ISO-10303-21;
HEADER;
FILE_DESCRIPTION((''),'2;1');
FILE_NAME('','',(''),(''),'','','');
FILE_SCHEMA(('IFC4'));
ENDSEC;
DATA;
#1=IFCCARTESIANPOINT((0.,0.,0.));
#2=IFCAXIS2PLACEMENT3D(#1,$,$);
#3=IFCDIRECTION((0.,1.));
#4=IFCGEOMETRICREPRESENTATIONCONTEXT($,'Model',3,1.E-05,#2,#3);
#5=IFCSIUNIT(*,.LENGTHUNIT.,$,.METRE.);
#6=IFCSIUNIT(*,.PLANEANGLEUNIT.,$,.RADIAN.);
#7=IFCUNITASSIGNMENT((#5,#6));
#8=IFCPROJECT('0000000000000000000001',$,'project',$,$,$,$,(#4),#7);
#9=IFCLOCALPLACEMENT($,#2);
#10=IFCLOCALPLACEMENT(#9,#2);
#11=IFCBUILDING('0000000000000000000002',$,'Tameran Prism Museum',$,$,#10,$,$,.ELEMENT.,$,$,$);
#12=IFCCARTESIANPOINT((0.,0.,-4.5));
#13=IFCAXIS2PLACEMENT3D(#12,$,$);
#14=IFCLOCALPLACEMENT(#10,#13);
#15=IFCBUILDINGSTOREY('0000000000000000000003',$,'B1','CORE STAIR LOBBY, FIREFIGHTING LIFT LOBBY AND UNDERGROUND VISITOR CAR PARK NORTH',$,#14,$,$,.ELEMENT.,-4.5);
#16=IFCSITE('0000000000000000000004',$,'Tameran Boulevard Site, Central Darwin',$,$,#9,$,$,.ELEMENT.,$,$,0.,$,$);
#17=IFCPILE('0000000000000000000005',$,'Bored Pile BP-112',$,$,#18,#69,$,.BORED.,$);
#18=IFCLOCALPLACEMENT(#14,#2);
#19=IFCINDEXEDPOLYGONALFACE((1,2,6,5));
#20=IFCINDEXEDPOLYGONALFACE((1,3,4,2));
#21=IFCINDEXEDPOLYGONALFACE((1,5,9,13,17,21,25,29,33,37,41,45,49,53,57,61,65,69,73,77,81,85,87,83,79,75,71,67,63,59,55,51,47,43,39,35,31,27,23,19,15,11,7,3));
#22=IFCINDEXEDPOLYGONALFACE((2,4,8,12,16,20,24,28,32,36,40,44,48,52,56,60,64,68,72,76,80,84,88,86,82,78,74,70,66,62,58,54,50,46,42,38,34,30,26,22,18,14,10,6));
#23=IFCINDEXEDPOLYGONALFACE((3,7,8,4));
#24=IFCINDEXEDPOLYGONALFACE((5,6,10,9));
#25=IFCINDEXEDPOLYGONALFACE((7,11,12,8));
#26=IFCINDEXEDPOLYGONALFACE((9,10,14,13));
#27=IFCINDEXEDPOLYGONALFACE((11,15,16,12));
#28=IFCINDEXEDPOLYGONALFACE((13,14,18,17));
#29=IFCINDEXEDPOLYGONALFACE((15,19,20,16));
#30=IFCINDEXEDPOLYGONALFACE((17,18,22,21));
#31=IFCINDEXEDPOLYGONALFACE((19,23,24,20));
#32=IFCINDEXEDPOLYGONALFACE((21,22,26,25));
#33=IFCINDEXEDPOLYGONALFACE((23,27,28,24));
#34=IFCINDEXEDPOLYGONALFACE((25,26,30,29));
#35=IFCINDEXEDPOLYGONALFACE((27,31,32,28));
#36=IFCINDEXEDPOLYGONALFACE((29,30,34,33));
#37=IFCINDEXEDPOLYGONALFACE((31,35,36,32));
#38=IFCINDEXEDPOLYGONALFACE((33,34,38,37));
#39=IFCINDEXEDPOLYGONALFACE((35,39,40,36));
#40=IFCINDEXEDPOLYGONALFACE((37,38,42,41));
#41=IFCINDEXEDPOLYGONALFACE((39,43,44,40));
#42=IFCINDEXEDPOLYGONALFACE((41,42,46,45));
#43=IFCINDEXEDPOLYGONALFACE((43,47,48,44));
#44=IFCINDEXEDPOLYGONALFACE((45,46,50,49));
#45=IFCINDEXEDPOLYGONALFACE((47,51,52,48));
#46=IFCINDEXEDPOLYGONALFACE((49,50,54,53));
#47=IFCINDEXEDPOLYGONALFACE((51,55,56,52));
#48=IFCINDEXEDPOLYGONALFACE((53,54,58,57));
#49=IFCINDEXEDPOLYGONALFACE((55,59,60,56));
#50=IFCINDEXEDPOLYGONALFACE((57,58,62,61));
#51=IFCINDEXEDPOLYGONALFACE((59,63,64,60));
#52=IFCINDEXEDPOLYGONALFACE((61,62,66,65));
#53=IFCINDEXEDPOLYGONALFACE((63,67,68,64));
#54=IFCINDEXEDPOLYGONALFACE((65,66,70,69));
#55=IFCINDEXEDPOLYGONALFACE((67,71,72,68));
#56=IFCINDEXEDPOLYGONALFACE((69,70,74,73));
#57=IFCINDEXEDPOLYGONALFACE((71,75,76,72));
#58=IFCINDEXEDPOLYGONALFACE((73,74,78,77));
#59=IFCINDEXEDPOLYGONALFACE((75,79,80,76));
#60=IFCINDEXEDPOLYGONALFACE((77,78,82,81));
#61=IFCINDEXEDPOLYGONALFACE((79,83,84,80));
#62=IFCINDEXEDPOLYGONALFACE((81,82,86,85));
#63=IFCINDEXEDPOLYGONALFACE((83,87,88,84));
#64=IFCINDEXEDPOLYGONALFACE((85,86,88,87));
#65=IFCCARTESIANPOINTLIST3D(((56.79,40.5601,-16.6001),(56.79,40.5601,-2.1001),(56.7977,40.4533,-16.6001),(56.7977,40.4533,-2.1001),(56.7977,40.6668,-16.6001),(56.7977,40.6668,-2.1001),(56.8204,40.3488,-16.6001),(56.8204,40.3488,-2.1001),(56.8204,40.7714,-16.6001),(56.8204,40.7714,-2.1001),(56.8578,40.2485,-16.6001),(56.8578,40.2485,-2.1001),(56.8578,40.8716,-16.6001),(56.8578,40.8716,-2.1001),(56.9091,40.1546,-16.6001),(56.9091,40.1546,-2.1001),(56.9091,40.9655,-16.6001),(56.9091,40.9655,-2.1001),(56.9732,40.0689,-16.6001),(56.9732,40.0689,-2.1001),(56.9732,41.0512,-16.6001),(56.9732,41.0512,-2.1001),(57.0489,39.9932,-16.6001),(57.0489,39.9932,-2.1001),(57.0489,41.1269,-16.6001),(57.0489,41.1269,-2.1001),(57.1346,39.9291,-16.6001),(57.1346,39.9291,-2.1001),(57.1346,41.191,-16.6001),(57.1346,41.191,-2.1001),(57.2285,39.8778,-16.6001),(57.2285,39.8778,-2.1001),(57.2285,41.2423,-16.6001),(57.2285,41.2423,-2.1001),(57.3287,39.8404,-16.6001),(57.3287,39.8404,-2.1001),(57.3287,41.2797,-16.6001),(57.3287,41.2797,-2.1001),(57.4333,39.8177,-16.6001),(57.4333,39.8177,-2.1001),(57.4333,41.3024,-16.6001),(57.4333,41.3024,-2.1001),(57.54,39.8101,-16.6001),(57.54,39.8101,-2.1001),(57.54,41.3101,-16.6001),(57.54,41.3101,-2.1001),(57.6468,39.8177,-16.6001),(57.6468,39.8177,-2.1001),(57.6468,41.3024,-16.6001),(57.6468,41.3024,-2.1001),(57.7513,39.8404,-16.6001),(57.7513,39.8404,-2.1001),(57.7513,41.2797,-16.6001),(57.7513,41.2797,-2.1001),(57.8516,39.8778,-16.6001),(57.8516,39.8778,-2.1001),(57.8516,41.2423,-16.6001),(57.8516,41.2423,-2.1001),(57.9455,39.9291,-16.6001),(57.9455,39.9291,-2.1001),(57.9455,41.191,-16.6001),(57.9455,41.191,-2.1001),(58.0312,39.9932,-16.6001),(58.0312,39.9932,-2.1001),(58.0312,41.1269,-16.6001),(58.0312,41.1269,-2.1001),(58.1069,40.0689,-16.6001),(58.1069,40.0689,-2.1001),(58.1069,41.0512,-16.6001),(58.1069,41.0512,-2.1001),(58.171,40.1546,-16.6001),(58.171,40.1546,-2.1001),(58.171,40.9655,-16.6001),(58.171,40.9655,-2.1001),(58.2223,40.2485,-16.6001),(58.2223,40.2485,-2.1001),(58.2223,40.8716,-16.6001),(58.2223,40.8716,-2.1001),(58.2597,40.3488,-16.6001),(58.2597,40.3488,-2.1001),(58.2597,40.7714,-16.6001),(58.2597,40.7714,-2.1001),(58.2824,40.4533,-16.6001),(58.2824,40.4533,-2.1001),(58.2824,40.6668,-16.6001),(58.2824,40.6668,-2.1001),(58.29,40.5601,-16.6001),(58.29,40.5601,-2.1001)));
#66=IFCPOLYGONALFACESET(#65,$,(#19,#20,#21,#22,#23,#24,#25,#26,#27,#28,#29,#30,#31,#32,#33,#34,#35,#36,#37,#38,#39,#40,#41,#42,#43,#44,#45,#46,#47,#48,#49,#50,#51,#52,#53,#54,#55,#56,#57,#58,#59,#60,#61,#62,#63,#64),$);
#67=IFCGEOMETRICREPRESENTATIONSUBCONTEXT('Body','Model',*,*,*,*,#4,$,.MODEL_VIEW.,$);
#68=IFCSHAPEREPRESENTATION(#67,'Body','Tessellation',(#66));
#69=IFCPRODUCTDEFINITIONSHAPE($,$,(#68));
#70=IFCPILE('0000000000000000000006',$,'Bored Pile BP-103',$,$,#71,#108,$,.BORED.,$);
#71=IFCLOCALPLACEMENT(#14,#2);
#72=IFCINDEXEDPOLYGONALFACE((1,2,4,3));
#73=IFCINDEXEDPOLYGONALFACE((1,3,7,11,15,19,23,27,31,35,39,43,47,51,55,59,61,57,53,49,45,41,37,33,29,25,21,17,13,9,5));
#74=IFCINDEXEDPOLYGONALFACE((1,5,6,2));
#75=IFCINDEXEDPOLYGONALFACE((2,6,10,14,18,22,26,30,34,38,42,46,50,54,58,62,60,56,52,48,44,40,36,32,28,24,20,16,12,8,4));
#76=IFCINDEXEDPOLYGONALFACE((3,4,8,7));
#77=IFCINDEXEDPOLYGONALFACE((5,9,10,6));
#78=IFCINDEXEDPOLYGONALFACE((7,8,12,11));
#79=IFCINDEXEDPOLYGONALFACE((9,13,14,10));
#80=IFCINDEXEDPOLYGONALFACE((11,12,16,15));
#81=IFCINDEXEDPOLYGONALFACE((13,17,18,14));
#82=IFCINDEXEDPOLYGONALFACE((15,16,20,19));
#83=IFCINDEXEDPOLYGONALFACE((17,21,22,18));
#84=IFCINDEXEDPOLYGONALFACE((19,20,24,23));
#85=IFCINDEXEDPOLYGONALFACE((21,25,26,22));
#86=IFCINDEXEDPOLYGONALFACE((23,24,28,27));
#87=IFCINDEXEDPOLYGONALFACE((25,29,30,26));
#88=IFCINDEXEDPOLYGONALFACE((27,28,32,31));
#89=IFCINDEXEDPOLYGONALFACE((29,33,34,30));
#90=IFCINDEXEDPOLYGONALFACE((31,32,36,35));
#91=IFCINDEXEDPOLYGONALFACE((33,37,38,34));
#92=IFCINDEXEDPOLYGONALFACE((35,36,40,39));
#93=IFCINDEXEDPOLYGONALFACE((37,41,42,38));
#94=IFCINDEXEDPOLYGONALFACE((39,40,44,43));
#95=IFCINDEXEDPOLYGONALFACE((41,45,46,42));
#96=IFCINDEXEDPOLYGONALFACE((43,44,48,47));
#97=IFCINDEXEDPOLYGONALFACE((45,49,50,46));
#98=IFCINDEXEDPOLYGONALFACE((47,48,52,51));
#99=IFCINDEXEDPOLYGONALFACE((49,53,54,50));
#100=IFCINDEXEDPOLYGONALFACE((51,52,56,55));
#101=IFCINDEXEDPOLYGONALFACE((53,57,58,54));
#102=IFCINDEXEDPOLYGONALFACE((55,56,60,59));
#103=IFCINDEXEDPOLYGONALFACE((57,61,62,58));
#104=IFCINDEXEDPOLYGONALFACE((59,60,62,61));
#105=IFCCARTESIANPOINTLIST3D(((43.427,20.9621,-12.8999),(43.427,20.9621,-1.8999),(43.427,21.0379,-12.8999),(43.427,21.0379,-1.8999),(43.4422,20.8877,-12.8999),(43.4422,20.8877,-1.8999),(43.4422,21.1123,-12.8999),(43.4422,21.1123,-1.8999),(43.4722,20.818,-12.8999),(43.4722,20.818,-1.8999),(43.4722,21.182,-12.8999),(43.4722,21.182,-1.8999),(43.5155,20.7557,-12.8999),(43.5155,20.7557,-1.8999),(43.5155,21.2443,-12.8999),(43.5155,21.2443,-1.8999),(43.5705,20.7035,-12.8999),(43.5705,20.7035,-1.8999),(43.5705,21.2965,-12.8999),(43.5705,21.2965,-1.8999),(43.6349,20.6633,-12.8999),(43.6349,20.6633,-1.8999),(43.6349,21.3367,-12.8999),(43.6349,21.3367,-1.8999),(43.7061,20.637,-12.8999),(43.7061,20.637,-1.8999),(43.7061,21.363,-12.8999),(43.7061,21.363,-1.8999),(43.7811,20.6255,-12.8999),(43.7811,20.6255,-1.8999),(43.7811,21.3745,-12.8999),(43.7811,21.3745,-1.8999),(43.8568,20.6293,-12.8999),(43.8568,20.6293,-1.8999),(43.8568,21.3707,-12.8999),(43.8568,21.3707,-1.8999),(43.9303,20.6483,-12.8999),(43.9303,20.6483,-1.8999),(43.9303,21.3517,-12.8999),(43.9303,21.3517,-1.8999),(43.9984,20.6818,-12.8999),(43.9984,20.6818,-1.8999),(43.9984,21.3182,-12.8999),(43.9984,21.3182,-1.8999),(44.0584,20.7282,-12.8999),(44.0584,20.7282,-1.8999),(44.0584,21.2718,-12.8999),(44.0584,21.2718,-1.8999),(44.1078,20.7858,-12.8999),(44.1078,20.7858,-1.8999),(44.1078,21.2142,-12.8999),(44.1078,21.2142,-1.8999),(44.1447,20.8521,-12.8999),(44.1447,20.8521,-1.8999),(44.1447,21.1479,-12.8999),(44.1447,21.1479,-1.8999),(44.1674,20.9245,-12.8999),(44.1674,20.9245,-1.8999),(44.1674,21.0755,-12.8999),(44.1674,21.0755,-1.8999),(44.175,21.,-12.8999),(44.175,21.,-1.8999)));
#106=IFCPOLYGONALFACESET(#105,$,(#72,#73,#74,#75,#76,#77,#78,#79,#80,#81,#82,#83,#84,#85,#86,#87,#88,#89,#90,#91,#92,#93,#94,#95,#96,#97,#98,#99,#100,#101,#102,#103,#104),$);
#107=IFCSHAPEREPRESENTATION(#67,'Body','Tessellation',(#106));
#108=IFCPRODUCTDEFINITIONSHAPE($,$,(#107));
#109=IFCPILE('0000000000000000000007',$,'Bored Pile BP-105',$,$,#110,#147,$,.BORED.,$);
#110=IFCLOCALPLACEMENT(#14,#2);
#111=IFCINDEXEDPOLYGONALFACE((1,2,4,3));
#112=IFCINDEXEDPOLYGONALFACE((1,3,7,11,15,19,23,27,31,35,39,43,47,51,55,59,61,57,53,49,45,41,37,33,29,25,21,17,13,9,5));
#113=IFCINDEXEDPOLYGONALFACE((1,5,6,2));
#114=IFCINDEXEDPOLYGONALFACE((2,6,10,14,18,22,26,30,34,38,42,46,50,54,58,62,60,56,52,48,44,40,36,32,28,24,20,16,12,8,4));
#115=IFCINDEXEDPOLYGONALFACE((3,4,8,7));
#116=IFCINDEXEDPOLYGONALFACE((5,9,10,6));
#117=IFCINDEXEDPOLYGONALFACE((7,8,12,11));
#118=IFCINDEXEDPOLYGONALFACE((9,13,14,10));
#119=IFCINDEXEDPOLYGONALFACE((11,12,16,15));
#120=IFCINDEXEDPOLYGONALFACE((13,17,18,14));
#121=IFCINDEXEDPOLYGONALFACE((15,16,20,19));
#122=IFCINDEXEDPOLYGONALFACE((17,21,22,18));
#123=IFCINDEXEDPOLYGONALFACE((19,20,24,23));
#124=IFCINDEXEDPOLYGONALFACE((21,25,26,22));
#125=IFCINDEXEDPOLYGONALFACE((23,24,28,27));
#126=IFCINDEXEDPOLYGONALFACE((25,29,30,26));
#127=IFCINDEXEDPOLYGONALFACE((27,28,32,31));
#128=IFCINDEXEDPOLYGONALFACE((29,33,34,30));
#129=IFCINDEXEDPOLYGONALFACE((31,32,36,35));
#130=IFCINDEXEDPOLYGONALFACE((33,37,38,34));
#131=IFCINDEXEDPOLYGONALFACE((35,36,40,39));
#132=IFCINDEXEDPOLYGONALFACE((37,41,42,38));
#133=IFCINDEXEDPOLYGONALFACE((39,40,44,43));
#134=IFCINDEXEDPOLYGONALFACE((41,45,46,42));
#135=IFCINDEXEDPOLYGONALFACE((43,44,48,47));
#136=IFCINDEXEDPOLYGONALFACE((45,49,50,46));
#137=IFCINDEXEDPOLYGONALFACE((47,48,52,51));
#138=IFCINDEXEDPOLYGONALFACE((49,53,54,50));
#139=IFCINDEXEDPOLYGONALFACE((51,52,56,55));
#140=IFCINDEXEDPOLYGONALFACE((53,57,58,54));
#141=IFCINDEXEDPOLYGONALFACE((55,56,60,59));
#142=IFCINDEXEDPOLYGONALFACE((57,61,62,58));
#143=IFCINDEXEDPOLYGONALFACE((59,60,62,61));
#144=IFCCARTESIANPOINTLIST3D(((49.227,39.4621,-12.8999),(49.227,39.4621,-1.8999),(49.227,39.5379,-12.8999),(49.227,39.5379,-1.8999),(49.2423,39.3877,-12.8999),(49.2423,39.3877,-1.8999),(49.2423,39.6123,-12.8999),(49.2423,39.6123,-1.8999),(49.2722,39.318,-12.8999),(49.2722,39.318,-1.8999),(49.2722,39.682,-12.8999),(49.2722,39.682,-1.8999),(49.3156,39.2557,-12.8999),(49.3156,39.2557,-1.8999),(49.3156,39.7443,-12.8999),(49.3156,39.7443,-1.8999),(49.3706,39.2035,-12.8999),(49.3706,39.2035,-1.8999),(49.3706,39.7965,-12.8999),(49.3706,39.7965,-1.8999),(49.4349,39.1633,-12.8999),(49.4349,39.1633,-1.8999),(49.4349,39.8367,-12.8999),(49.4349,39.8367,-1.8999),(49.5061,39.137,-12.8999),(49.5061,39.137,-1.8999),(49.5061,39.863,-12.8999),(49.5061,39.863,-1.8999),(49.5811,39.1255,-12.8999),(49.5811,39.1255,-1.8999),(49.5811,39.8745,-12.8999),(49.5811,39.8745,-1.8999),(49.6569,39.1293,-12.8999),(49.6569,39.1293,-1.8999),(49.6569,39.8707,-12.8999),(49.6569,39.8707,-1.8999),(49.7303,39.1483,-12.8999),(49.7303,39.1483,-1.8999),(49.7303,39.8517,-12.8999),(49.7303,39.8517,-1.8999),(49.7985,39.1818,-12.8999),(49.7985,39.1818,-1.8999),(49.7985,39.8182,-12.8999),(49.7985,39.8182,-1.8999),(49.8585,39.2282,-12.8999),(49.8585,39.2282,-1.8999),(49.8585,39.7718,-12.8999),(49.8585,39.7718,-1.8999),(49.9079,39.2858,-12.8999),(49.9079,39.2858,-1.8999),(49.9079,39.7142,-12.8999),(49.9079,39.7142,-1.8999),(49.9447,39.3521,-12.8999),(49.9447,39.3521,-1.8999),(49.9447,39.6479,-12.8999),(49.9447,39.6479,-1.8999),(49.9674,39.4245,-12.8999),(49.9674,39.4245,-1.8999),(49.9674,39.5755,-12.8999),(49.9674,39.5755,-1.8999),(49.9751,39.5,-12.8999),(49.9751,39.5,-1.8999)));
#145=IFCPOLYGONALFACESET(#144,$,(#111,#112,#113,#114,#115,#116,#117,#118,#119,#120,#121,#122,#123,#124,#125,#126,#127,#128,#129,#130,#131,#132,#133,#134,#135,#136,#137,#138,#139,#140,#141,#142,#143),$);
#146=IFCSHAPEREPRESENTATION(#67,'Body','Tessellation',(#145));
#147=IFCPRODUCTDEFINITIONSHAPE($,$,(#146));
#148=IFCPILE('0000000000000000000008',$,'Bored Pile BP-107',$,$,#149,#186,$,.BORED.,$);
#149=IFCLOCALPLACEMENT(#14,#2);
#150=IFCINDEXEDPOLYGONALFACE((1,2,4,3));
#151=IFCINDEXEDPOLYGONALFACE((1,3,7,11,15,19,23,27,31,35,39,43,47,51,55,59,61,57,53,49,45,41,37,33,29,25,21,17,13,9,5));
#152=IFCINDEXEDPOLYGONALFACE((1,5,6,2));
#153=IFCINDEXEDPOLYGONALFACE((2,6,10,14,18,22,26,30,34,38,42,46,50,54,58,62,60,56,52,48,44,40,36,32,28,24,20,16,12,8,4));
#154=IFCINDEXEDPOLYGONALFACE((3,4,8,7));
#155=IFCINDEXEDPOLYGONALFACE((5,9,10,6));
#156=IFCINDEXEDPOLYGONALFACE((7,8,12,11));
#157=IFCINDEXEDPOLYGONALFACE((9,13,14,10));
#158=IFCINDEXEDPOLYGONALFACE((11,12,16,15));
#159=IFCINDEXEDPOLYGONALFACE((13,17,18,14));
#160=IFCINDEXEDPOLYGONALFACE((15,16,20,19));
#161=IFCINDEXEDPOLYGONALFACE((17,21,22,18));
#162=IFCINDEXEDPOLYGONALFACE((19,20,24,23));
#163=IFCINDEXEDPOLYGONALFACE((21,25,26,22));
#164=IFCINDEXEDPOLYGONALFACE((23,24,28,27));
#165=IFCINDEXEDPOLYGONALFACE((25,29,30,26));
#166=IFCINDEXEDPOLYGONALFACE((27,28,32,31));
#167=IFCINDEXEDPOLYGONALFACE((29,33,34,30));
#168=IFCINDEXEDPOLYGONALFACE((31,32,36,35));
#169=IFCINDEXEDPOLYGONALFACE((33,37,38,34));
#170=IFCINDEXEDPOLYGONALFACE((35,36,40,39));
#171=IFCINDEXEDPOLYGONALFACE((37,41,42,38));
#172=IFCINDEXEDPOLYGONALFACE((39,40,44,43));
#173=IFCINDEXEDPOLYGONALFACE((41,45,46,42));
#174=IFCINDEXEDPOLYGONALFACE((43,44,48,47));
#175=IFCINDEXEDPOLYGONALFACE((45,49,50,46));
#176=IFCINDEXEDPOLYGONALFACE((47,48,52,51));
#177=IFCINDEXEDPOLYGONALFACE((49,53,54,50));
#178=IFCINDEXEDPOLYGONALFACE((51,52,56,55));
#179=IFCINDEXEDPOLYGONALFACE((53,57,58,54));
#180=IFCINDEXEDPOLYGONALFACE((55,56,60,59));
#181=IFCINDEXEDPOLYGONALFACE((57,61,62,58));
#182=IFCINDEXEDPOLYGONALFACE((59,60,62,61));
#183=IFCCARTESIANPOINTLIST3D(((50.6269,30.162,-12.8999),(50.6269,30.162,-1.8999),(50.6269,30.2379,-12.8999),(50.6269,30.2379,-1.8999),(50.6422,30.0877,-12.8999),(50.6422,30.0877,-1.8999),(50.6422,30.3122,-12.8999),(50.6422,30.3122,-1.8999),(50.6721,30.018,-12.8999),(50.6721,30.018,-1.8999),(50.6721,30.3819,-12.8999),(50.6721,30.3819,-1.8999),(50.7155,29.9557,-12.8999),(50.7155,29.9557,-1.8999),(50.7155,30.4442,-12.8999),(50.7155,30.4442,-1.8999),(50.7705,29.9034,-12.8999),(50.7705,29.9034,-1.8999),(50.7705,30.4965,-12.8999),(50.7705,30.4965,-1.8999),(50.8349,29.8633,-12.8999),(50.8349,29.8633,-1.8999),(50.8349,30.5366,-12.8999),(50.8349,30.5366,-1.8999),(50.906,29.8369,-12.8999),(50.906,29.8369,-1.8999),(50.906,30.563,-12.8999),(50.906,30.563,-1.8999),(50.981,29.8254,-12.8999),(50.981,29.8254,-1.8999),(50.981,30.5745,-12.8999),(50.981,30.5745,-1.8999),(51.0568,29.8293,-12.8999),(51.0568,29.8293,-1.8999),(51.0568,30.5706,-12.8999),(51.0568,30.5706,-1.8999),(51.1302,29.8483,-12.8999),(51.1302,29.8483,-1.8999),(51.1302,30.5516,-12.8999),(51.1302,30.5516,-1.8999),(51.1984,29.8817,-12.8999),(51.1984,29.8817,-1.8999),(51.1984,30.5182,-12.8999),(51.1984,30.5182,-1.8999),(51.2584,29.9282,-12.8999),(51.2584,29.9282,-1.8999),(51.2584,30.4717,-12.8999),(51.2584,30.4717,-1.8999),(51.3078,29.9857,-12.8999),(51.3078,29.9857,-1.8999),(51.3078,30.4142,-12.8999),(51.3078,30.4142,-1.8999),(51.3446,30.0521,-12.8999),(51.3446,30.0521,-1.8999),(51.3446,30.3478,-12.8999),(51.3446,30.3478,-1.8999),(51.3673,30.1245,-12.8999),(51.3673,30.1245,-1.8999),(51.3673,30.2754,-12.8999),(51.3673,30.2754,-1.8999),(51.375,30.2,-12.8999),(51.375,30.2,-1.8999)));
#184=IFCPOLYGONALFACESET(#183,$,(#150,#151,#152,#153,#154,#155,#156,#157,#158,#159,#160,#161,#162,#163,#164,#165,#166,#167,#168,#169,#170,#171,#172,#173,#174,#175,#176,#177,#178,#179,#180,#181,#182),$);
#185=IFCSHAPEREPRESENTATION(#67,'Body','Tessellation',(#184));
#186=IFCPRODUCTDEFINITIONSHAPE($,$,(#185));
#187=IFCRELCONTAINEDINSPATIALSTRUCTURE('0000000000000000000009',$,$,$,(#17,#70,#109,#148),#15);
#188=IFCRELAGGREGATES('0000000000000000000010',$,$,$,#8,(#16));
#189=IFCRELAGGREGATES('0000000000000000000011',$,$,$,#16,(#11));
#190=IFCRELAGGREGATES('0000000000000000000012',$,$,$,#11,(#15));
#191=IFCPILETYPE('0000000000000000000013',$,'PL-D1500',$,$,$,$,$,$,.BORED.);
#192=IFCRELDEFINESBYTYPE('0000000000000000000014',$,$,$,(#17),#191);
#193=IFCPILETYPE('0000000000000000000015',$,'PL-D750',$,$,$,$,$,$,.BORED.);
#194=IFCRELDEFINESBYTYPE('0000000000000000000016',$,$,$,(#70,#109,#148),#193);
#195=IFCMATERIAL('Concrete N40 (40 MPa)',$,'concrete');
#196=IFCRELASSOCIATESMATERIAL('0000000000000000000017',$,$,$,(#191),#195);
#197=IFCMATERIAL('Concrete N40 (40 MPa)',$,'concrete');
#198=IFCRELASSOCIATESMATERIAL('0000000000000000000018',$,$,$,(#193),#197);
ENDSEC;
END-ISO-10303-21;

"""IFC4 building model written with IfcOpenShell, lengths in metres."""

from ifc_helpers import new_model, si_unit, direction, frame, origin, origin_2d, place, context, subcontext, project, spatial, circle, extrude, material, material_profile, profile_set, type_object, element, save


model = new_model("IFC4")

# Units and contexts
model_context = context("Model", 3, precision=1e-05, world=origin(), true_north=direction((0.0, 1.0)))
body_context = subcontext(model_context, "Body", "Model", "MODEL_VIEW")
ifc_project = project(units=[si_unit("LENGTHUNIT", "METRE"), si_unit("PLANEANGLEUNIT", "RADIAN")], contexts=[model_context])

# Site, building, storey
site_placement = place(None, origin())
site = spatial("IfcSite", under=ifc_project, at=site_placement, Name="Tameran Boulevard Site, Central Darwin", CompositionType="ELEMENT", RefElevation=0.0)
building_placement = place(site_placement, origin())
building = spatial("IfcBuilding", under=site, at=building_placement, Name="Tameran Prism Museum", CompositionType="ELEMENT")
storey_placement = place(building_placement, frame((0.0, 0.0, -4.5)))
storey = spatial("IfcBuildingStorey", under=building, at=storey_placement, Name="B1", Description="CORE STAIR LOBBY, FIREFIGHTING LIFT LOBBY AND UNDERGROUND VISITOR CAR PARK NORTH", CompositionType="ELEMENT", Elevation=-4.5)

# Piles
ifc_material_1 = material(Name="Concrete N40 (40 MPa)", Category="concrete")
ifc_material_profile_1 = material_profile(ifc_material_1, circle(Radius=0.75, at=origin_2d()))
ifc_profile_set_1 = profile_set([ifc_material_profile_1])
pile_type_1 = type_object("IfcPileType", Name="PL-D1500", PredefinedType="BORED", material=ifc_profile_set_1)
for number, where, z_axis, x_axis, name in (
    (1, (57.54, 40.5601, -2.1001), (0.0, 0.0, -1.0), (1.0, 0.0, 0.0), "Bored Pile BP-112"),
):
    element("IfcPile", number, at=place(storey_placement, frame(where, z_axis=z_axis, x_axis=x_axis)), inside=storey, type_object=pile_type_1, Name=name, PredefinedType="BORED", context=body_context, shape_type="SweptSolid", body=[
        extrude(circle(Radius=0.75, at=origin_2d()), origin(), (0.0, 0.0, 1.0), 14.5),
    ])
ifc_material_2 = material(Name="Concrete N40 (40 MPa)", Category="concrete")
ifc_material_profile_2 = material_profile(ifc_material_2, circle(Radius=0.375, at=origin_2d()))
ifc_profile_set_2 = profile_set([ifc_material_profile_2])
pile_type_2 = type_object("IfcPileType", Name="PL-D750", PredefinedType="BORED", material=ifc_profile_set_2)
for number, where, z_axis, x_axis, name in (
    (2, (43.8, 21.0, -1.8999), (0.0, 0.0, -1.0), (1.0, 0.0, 0.0), "Bored Pile BP-103"),
    (3, (49.6001, 39.5, -1.8999), (0.0, 0.0, -1.0), (1.0, 0.0, 0.0), "Bored Pile BP-105"),
    (4, (51.0, 30.2, -1.8999), (0.0, 0.0, -1.0), (1.0, 0.0, 0.0), "Bored Pile BP-107"),
):
    element("IfcPile", number, at=place(storey_placement, frame(where, z_axis=z_axis, x_axis=x_axis)), inside=storey, type_object=pile_type_2, Name=name, PredefinedType="BORED", context=body_context, shape_type="SweptSolid", body=[
        extrude(circle(Radius=0.375, at=origin_2d()), origin(), (0.0, 0.0, 1.0), 11.0),
    ])

save(model, "model.ifc")
